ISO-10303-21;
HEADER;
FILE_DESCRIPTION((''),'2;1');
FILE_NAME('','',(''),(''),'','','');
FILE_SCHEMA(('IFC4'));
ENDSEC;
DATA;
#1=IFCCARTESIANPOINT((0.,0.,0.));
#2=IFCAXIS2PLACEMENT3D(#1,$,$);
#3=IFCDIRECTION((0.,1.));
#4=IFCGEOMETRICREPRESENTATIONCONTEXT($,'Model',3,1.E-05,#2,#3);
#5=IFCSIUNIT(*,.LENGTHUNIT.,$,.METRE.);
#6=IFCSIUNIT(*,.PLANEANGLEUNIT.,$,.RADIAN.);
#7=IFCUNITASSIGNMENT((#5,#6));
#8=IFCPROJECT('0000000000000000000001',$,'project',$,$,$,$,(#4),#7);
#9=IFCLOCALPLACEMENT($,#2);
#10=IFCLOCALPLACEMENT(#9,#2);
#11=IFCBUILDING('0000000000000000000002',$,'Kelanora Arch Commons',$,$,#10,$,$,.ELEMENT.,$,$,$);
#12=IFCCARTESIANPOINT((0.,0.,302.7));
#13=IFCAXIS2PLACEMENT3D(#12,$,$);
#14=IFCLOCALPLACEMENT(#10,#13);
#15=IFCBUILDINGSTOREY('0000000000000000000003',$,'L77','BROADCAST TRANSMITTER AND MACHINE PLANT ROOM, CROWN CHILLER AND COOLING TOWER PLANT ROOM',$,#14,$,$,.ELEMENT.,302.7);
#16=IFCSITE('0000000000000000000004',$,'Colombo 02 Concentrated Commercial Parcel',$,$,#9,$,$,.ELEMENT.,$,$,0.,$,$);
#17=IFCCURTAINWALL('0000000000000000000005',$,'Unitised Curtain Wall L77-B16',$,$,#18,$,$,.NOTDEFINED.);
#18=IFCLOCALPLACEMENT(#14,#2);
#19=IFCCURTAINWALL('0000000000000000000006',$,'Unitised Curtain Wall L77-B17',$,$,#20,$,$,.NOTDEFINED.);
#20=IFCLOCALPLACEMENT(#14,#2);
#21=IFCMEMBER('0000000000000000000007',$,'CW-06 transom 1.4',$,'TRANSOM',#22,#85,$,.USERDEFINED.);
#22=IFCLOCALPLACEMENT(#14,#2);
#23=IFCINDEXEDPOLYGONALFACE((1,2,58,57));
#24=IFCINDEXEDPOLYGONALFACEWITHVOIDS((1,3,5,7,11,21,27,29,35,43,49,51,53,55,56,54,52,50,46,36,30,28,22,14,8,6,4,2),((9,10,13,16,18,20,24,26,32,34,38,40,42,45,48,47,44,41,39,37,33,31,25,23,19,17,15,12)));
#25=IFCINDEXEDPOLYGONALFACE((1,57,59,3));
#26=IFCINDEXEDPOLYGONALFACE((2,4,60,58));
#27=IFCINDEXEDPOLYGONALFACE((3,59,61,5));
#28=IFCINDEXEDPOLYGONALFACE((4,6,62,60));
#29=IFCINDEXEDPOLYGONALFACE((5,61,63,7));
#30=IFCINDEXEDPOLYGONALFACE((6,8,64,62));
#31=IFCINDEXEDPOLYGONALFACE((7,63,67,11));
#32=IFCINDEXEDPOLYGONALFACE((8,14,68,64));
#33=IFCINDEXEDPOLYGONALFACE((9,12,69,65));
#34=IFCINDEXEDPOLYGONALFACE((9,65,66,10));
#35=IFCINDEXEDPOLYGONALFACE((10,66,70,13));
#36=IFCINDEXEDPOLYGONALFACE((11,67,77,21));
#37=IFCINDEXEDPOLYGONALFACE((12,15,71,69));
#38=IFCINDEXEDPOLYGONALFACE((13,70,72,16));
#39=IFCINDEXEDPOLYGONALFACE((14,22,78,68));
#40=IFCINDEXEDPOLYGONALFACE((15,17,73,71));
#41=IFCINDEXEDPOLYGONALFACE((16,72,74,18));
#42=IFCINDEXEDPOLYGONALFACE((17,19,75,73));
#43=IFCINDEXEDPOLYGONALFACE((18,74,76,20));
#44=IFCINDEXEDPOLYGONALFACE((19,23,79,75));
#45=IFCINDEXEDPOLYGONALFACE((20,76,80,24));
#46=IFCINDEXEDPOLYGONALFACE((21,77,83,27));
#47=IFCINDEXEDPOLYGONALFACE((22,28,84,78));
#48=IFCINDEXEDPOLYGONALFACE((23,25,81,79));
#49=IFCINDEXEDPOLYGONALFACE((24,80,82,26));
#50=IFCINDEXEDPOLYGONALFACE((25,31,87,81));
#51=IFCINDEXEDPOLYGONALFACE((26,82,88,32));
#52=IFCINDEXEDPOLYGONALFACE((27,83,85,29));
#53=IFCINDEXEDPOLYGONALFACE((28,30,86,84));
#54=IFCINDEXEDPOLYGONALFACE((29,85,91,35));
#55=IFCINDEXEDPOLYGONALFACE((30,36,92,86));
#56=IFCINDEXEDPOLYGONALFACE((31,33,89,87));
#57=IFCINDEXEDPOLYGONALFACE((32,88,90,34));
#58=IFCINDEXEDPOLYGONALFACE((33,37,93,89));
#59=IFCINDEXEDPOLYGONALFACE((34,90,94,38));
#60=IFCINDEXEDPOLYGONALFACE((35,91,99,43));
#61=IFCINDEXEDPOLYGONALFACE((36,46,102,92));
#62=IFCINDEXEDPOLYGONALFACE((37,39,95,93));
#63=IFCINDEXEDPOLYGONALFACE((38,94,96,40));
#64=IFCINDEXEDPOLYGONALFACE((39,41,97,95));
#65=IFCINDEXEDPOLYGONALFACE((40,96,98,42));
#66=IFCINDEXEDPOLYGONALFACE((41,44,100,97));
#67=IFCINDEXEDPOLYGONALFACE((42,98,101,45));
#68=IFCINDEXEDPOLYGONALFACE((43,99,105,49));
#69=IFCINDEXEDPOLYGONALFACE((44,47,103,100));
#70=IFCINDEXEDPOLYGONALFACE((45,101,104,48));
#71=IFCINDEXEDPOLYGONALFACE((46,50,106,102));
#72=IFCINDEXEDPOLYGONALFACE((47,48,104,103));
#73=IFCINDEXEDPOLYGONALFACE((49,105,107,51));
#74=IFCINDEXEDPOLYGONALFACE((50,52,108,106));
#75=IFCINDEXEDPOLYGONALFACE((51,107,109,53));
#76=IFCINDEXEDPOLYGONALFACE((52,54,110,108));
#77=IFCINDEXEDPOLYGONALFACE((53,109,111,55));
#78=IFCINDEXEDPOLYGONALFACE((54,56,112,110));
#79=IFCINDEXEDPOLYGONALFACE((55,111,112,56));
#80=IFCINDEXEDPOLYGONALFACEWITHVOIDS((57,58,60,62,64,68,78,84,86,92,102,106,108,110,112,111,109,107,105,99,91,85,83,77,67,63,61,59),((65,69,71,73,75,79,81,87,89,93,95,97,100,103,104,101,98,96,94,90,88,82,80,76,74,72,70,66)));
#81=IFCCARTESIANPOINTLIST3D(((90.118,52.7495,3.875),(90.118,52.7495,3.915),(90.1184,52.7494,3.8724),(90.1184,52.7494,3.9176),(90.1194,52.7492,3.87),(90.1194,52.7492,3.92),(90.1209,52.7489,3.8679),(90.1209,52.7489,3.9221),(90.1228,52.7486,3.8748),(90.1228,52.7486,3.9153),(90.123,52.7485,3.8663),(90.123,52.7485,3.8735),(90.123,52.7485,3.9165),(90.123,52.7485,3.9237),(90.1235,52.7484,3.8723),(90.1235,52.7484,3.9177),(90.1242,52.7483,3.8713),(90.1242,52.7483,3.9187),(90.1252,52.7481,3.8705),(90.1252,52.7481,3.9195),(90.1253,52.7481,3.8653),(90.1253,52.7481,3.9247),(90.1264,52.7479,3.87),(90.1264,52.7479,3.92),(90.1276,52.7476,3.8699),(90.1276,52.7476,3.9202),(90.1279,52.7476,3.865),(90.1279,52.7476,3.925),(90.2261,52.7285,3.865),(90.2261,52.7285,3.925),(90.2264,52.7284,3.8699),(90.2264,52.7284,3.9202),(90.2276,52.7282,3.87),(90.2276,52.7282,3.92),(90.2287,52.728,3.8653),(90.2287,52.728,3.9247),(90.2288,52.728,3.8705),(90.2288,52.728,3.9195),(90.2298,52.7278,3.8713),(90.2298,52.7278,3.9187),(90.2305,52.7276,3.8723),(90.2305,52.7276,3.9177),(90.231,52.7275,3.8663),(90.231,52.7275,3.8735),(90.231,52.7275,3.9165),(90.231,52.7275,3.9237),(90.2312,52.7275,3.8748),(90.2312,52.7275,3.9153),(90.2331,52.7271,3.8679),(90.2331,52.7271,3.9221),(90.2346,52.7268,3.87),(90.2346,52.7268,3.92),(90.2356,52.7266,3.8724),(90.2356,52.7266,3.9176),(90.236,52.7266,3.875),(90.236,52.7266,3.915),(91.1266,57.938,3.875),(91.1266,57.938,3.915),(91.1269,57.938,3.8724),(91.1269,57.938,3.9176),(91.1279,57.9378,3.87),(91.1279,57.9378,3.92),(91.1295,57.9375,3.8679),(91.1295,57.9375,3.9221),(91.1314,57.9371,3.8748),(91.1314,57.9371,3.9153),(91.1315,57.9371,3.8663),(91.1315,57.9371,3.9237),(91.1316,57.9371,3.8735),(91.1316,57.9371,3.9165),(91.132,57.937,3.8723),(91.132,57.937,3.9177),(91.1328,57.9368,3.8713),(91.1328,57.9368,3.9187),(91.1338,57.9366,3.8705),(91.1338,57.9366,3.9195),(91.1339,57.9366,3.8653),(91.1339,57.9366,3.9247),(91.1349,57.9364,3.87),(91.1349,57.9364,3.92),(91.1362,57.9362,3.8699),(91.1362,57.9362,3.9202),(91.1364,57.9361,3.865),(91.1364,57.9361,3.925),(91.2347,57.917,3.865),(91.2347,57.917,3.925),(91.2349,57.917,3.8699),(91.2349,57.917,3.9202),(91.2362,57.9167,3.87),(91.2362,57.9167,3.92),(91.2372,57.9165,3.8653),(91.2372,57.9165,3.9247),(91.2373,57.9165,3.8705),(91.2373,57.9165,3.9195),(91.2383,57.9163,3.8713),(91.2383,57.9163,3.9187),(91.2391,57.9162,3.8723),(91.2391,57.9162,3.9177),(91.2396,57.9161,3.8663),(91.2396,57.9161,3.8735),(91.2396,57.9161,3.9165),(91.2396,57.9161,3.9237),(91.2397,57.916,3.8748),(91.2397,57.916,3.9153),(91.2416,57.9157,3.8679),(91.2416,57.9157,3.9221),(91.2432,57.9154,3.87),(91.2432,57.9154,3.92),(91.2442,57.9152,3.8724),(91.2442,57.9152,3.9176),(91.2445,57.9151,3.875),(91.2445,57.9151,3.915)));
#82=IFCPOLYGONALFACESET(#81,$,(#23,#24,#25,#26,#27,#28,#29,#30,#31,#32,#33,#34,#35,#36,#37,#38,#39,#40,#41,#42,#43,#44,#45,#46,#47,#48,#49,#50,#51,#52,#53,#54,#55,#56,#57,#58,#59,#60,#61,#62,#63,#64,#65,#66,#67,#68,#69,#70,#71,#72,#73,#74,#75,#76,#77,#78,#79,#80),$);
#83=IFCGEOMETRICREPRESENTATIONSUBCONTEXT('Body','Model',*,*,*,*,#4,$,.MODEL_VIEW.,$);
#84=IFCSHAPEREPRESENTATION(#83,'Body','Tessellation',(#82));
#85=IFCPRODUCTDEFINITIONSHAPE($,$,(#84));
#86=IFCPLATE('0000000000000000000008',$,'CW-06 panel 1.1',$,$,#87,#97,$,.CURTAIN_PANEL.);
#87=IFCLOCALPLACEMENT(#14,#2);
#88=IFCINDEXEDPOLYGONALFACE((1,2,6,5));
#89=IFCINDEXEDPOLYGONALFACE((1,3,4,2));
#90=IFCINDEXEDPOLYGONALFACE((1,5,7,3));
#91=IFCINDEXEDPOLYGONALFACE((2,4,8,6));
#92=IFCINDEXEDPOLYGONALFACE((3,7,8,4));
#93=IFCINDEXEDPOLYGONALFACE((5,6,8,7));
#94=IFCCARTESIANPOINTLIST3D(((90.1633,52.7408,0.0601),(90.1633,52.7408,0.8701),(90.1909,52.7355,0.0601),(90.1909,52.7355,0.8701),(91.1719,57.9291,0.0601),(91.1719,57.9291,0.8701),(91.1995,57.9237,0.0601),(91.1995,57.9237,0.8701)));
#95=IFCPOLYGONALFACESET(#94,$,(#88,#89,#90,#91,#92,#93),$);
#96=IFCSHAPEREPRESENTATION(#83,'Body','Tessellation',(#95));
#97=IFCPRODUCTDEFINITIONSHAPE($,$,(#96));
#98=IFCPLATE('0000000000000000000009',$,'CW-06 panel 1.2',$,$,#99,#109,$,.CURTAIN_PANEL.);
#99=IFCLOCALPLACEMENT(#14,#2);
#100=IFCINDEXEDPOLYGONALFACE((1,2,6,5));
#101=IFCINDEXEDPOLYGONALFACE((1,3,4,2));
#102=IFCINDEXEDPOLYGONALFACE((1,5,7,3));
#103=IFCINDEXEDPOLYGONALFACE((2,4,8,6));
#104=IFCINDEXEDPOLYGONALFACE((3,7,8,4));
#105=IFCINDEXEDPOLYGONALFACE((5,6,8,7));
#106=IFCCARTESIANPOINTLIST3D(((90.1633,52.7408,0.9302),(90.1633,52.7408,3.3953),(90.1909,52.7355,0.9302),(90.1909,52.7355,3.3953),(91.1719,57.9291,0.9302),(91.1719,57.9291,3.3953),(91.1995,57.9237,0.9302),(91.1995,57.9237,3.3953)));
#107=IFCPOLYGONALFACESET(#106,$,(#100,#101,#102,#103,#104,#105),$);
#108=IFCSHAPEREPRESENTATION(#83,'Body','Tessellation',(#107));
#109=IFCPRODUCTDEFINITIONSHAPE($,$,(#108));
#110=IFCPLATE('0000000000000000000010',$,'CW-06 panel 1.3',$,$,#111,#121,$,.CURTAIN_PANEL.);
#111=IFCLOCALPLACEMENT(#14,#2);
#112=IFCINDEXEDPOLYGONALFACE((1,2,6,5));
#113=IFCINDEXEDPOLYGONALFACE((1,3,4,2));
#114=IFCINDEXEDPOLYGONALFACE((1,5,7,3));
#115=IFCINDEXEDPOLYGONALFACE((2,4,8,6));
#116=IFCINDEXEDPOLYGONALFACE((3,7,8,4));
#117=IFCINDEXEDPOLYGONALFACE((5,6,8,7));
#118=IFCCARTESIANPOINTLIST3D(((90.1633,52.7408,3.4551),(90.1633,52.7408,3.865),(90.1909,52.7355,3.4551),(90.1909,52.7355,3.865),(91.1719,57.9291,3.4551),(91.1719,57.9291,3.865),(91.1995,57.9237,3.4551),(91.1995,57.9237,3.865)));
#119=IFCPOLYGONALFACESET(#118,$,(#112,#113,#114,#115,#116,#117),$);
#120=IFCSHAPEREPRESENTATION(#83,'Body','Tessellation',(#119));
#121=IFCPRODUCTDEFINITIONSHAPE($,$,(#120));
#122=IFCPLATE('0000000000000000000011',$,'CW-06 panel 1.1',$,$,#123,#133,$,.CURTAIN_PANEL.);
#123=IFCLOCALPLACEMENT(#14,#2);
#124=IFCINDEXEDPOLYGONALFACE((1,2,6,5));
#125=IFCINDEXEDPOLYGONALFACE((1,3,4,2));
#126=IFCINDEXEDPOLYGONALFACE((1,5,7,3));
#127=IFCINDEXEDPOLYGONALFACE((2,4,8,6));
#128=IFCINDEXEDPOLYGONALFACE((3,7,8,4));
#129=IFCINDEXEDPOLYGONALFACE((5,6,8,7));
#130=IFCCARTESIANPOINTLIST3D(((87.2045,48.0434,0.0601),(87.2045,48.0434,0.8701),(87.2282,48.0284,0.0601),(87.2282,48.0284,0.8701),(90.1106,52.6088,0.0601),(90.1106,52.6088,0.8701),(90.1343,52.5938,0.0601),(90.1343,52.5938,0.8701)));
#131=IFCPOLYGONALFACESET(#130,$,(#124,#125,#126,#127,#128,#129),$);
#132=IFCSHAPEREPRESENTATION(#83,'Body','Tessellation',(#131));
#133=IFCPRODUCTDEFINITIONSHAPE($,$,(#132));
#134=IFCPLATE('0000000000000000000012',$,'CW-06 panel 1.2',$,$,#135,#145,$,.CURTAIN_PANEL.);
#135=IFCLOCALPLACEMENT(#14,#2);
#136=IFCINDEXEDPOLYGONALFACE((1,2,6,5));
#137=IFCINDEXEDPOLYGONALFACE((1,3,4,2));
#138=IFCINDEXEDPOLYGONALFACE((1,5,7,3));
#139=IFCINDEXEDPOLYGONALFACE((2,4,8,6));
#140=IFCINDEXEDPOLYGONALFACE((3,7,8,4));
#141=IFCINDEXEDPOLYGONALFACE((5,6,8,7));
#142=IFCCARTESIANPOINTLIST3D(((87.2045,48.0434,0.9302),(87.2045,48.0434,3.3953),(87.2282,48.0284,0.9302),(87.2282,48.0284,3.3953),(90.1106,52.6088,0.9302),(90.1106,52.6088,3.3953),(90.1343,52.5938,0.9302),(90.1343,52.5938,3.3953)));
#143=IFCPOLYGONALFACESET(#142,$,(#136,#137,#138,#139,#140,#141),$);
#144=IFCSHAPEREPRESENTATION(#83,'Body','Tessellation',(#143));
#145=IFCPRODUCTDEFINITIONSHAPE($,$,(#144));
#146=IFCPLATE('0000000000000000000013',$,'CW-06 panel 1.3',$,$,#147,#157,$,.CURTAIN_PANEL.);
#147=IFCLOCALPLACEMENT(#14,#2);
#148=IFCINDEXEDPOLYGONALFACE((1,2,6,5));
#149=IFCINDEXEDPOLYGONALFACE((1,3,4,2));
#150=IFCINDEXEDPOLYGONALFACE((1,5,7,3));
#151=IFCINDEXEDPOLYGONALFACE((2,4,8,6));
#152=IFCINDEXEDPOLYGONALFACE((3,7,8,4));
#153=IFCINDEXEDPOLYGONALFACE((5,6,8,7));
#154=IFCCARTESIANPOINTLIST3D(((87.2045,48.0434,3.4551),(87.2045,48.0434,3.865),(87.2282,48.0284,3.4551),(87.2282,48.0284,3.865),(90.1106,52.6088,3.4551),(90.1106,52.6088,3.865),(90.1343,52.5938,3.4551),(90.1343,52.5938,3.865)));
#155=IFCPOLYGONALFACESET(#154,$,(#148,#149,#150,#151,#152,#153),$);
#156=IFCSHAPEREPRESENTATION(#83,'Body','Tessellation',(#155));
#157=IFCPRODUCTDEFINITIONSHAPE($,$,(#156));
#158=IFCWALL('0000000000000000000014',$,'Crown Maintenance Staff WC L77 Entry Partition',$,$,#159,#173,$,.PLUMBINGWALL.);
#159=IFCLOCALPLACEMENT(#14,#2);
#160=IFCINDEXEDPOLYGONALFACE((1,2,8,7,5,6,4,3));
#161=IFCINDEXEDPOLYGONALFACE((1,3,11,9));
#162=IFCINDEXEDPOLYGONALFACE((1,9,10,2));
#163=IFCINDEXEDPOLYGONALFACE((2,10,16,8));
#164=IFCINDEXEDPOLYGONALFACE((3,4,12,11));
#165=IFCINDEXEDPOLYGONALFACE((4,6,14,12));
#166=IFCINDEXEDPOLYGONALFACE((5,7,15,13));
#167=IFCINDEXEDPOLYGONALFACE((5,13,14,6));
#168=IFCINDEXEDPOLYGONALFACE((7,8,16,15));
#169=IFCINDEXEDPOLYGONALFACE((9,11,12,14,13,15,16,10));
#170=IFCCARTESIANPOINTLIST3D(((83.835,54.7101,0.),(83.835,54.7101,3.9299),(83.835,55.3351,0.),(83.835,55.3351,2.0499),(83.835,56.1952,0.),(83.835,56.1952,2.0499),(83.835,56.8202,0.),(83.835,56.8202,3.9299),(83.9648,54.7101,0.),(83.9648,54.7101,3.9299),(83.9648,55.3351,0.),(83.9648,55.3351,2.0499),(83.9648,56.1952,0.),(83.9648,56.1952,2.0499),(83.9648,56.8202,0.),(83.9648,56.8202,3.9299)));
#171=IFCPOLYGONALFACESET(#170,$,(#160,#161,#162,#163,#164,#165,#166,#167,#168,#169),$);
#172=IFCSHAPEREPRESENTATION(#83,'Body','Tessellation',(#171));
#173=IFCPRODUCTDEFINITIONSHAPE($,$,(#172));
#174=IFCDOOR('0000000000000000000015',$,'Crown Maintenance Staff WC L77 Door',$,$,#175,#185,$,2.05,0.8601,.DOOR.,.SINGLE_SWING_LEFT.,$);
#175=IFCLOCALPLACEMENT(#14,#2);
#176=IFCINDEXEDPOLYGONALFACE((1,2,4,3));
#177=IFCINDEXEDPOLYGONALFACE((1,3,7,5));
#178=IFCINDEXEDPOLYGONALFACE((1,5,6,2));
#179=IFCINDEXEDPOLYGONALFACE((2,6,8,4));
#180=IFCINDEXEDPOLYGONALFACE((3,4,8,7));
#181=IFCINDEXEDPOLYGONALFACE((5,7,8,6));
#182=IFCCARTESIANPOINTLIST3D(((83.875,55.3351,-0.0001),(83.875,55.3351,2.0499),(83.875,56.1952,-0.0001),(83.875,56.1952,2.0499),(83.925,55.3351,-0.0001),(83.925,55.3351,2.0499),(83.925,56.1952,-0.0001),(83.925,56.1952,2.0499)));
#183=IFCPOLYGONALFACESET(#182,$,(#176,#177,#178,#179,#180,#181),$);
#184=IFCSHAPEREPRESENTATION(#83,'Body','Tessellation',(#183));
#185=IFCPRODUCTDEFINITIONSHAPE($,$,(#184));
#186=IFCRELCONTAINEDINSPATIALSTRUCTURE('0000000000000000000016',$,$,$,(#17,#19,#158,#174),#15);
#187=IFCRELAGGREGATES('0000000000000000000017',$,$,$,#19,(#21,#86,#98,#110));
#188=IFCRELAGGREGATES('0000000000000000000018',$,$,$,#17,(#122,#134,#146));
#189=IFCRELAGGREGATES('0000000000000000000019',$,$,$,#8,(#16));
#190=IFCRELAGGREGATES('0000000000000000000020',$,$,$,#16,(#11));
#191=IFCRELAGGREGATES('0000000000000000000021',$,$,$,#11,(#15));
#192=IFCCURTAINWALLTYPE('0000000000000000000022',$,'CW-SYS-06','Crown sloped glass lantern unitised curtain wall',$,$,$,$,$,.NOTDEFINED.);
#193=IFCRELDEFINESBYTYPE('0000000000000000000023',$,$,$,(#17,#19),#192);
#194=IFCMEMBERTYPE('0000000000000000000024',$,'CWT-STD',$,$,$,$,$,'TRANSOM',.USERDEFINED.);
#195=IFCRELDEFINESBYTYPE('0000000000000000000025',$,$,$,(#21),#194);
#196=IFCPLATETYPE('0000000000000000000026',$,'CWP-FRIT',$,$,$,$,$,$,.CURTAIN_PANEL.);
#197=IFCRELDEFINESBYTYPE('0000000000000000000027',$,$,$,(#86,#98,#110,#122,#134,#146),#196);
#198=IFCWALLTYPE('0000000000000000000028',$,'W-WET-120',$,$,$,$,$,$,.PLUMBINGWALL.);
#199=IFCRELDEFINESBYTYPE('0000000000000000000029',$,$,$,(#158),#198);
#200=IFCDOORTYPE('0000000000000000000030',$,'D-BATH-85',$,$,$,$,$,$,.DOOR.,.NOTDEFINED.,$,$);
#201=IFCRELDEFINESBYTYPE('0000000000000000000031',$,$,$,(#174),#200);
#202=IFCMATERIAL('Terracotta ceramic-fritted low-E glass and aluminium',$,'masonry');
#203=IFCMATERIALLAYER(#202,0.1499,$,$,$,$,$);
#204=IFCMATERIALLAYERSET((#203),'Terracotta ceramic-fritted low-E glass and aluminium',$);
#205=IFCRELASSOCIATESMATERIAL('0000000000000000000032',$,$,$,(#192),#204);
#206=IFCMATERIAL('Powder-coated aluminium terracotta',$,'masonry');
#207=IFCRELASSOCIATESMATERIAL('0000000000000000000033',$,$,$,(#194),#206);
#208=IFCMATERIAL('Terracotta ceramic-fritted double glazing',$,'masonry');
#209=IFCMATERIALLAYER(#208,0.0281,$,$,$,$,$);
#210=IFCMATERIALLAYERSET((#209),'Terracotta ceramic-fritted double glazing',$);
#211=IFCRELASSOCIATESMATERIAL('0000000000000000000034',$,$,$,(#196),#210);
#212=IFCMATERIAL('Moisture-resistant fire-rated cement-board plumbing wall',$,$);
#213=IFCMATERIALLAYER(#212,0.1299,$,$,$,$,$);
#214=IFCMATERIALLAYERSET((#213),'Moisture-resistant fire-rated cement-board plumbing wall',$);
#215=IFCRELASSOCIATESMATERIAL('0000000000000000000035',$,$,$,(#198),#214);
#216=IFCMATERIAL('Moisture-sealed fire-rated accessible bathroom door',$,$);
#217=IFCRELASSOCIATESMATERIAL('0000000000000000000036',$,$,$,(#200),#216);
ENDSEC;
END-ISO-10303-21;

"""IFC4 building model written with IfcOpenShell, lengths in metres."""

from ifc_helpers import new_model, si_unit, direction, frame, frame_2d, origin, origin_2d, place, context, subcontext, project, spatial, rectangle, hollow_rectangle, extrude, source, transform, mapped, material, layer, layer_set, material_profile, profile_set, type_object, element, fill, aggregate, save


model = new_model("IFC4")

# Units and contexts
model_context = context("Model", 3, precision=1e-05, world=origin(), true_north=direction((0.0, 1.0)))
body_context = subcontext(model_context, "Body", "Model", "MODEL_VIEW")
ifc_project = project(units=[si_unit("LENGTHUNIT", "METRE"), si_unit("PLANEANGLEUNIT", "RADIAN")], contexts=[model_context])

# Site, building, storey
site_placement = place(None, origin())
site = spatial("IfcSite", under=ifc_project, at=site_placement, Name="Colombo 02 Concentrated Commercial Parcel", CompositionType="ELEMENT", RefElevation=0.0)
building_placement = place(site_placement, origin())
building = spatial("IfcBuilding", under=site, at=building_placement, Name="Kelanora Arch Commons", CompositionType="ELEMENT")
storey_placement = place(building_placement, frame((0.0, 0.0, 302.7)))
storey = spatial("IfcBuildingStorey", under=building, at=storey_placement, Name="L77", Description="BROADCAST TRANSMITTER AND MACHINE PLANT ROOM, CROWN CHILLER AND COOLING TOWER PLANT ROOM", CompositionType="ELEMENT", Elevation=302.7)

# Curtain wall
ifc_material_1 = material(Name="Terracotta ceramic-fritted low-E glass and aluminium", Category="masonry")
ifc_layer_1 = layer(ifc_material_1, 0.1499)
ifc_layer_set_1 = layer_set([ifc_layer_1], Name="Terracotta ceramic-fritted low-E glass and aluminium")
curtain_wall_type = type_object("IfcCurtainWallType", Name="CW-SYS-06", Description="Crown sloped glass lantern unitised curtain wall", PredefinedType="NOTDEFINED", material=ifc_layer_set_1)
curtain_wall_1_placement = place(storey_placement, origin())
curtain_wall_1 = element("IfcCurtainWall", 1, at=curtain_wall_1_placement, inside=storey, type_object=curtain_wall_type, Name="Unitised Curtain Wall L77-B16", PredefinedType="NOTDEFINED")
ifc_material_2 = material(Name="Powder-coated aluminium terracotta", Category="masonry")

# Curtain wall, member, plates
curtain_wall_2_placement = place(storey_placement, origin())
curtain_wall_2 = element("IfcCurtainWall", 2, at=curtain_wall_2_placement, inside=storey, type_object=curtain_wall_type, Name="Unitised Curtain Wall L77-B17", PredefinedType="NOTDEFINED")
ifc_material_profile_1 = material_profile(ifc_material_2, hollow_rectangle(XDim=0.1201, YDim=0.0601, WallThickness=0.0049, InnerFilletRadius=0.0049, OuterFilletRadius=0.01, at=origin_2d()), Name="CWT120x60")
ifc_profile_set_1 = profile_set([ifc_material_profile_1], Name="Powder-coated aluminium terracotta")
member_type_1 = type_object("IfcMemberType", Name="CWT-STD", ElementType="TRANSOM", PredefinedType="USERDEFINED", material=ifc_profile_set_1)
member_1_placement = place(storey_placement, frame((90.177, 52.738, 3.895), z_axis=(0.19081, 0.981627, 0.0), x_axis=(-0.981627, 0.19081, 0.0)))
member_1 = element("IfcMember", 3, at=member_1_placement, type_object=member_type_1, Name="CW-06 transom 1.4", ObjectType="TRANSOM", PredefinedType="USERDEFINED", context=body_context, shape_type="SweptSolid", body=[
    extrude(hollow_rectangle(XDim=0.1201, YDim=0.0601, WallThickness=0.0049, InnerFilletRadius=0.0049, OuterFilletRadius=0.01, at=origin_2d()), origin(), (0.0, 0.0, 1.0), 5.2856),
])
ifc_material_3 = material(Name="Terracotta ceramic-fritted double glazing", Category="masonry")
ifc_layer_2 = layer(ifc_material_3, 0.0281)
ifc_layer_set_2 = layer_set([ifc_layer_2], Name="Terracotta ceramic-fritted double glazing")
plate_type = type_object("IfcPlateType", Name="CWP-FRIT", PredefinedType="CURTAIN_PANEL", material=ifc_layer_set_2)
shared_shape_1 = source(origin(), body_context, "Body", "SweptSolid", [
    extrude(rectangle(XDim=5.2854, YDim=0.0281, at=origin_2d()), origin(), (0.0, 0.0, 1.0), 0.8101),
])
plate_1_placement = place(storey_placement, frame((90.6814, 55.3323, 0.0601), z_axis=(0.0, 0.0, 1.0), x_axis=(0.190827, 0.981624, 0.0)))
plate_1 = element("IfcPlate", 4, at=plate_1_placement, type_object=plate_type, Name="CW-06 panel 1.1", PredefinedType="CURTAIN_PANEL", context=body_context, shape_type="MappedRepresentation", body=[
    mapped(shared_shape_1, transform((0.0, 0.0, 0.0), scale=1.0)),
])
shared_shape_2 = source(origin(), body_context, "Body", "SweptSolid", [
    extrude(rectangle(XDim=5.2854, YDim=0.0281, at=origin_2d()), origin(), (0.0, 0.0, 1.0), 2.4651),
])
plate_2_placement = place(storey_placement, frame((90.6814, 55.3323, 0.9302), z_axis=(0.0, 0.0, 1.0), x_axis=(0.190827, 0.981624, 0.0)))
plate_2 = element("IfcPlate", 5, at=plate_2_placement, type_object=plate_type, Name="CW-06 panel 1.2", PredefinedType="CURTAIN_PANEL", context=body_context, shape_type="MappedRepresentation", body=[
    mapped(shared_shape_2, transform((0.0, 0.0, 0.0), scale=1.0)),
])
shared_shape_3 = source(origin(), body_context, "Body", "SweptSolid", [
    extrude(rectangle(XDim=5.2854, YDim=0.0281, at=origin_2d()), origin(), (0.0, 0.0, 1.0), 0.4099),
])
plate_3_placement = place(storey_placement, frame((90.6814, 55.3323, 3.4551), z_axis=(0.0, 0.0, 1.0), x_axis=(0.190827, 0.981624, 0.0)))
plate_3 = element("IfcPlate", 6, at=plate_3_placement, type_object=plate_type, Name="CW-06 panel 1.3", PredefinedType="CURTAIN_PANEL", context=body_context, shape_type="MappedRepresentation", body=[
    mapped(shared_shape_3, transform((0.0, 0.0, 0.0), scale=1.0)),
])
aggregate(curtain_wall_2, [member_1, plate_1, plate_2, plate_3])

# Plates
shared_shape_4 = source(origin(), body_context, "Body", "SweptSolid", [
    extrude(rectangle(XDim=5.4119, YDim=0.0281, at=origin_2d()), origin(), (0.0, 0.0, 1.0), 0.8101),
])
plate_4_placement = place(storey_placement, frame((88.6694, 50.3186, 0.0601), z_axis=(0.0, 0.0, 1.0), x_axis=(0.536984, 0.843592, 0.0)))
plate_4 = element("IfcPlate", 7, at=plate_4_placement, type_object=plate_type, Name="CW-06 panel 1.1", PredefinedType="CURTAIN_PANEL", context=body_context, shape_type="MappedRepresentation", body=[
    mapped(shared_shape_4, transform((0.0, 0.0, 0.0), scale=1.0)),
])
shared_shape_5 = source(origin(), body_context, "Body", "SweptSolid", [
    extrude(rectangle(XDim=5.4119, YDim=0.0281, at=origin_2d()), origin(), (0.0, 0.0, 1.0), 2.4651),
])
plate_5_placement = place(storey_placement, frame((88.6694, 50.3186, 0.9302), z_axis=(0.0, 0.0, 1.0), x_axis=(0.536984, 0.843592, 0.0)))
plate_5 = element("IfcPlate", 8, at=plate_5_placement, type_object=plate_type, Name="CW-06 panel 1.2", PredefinedType="CURTAIN_PANEL", context=body_context, shape_type="MappedRepresentation", body=[
    mapped(shared_shape_5, transform((0.0, 0.0, 0.0), scale=1.0)),
])
shared_shape_6 = source(origin(), body_context, "Body", "SweptSolid", [
    extrude(rectangle(XDim=5.4119, YDim=0.0281, at=origin_2d()), origin(), (0.0, 0.0, 1.0), 0.4099),
])
plate_6_placement = place(storey_placement, frame((88.6694, 50.3186, 3.4551), z_axis=(0.0, 0.0, 1.0), x_axis=(0.536984, 0.843592, 0.0)))
plate_6 = element("IfcPlate", 9, at=plate_6_placement, type_object=plate_type, Name="CW-06 panel 1.3", PredefinedType="CURTAIN_PANEL", context=body_context, shape_type="MappedRepresentation", body=[
    mapped(shared_shape_6, transform((0.0, 0.0, 0.0), scale=1.0)),
])
aggregate(curtain_wall_1, [plate_4, plate_5, plate_6])

# Wall, opening, door
ifc_material_4 = material(Name="Moisture-resistant fire-rated cement-board plumbing wall")
ifc_layer_3 = layer(ifc_material_4, 0.1299)
ifc_layer_set_3 = layer_set([ifc_layer_3], Name="Moisture-resistant fire-rated cement-board plumbing wall")
wall_type = type_object("IfcWallType", Name="W-WET-120", PredefinedType="PLUMBINGWALL", material=ifc_layer_set_3)
wall_placement = place(storey_placement, frame((83.8999, 54.71, 0.0), z_axis=(0.0, 0.0, 1.0), x_axis=(0.0, 1.0, 0.0)))
wall = element("IfcWall", 10, at=wall_placement, inside=storey, type_object=wall_type, Name="Crown Maintenance Staff WC L77 Entry Partition", PredefinedType="PLUMBINGWALL", context=body_context, shape_type="SweptSolid", body=[
    extrude(rectangle(XDim=2.1101, YDim=0.1299, at=frame_2d((1.0552, 0.0))), origin(), (0.0, 0.0, 1.0), 3.9299),
])
opening_placement = place(wall_placement, frame((0.625, 0.0, 0.0)))
opening = element("IfcOpeningElement", 11, at=opening_placement, cuts=wall, PredefinedType="OPENING", context=body_context, shape_type="SweptSolid", body=[
    extrude(rectangle(XDim=0.8601, YDim=2.05, at=frame_2d((0.4302, 1.0249))), frame((0.0, 0.075, 0.0), z_axis=(0.0, -1.0, 0.0), x_axis=(1.0, 0.0, 0.0)), (0.0, 0.0, 1.0), 0.1499),
])
ifc_material_5 = material(Name="Moisture-sealed fire-rated accessible bathroom door")
door_type = type_object("IfcDoorType", Name="D-BATH-85", OperationType="NOTDEFINED", PredefinedType="DOOR", material=ifc_material_5)
door_placement = place(opening_placement, origin())
door = element("IfcDoor", 12, at=door_placement, inside=storey, type_object=door_type, Name="Crown Maintenance Staff WC L77 Door", OperationType="SINGLE_SWING_LEFT", OverallHeight=2.05, OverallWidth=0.8601, PredefinedType="DOOR", context=body_context, shape_type="SweptSolid", body=[
    extrude(rectangle(XDim=0.8601, YDim=2.05, at=frame_2d((0.4302, 1.0249))), frame((0.0, 0.0249, 0.0), z_axis=(0.0, -1.0, 0.0), x_axis=(1.0, 0.0, 0.0)), (0.0, 0.0, 1.0), 0.05),
])
fill(opening, door)

save(model, "model.ifc")
